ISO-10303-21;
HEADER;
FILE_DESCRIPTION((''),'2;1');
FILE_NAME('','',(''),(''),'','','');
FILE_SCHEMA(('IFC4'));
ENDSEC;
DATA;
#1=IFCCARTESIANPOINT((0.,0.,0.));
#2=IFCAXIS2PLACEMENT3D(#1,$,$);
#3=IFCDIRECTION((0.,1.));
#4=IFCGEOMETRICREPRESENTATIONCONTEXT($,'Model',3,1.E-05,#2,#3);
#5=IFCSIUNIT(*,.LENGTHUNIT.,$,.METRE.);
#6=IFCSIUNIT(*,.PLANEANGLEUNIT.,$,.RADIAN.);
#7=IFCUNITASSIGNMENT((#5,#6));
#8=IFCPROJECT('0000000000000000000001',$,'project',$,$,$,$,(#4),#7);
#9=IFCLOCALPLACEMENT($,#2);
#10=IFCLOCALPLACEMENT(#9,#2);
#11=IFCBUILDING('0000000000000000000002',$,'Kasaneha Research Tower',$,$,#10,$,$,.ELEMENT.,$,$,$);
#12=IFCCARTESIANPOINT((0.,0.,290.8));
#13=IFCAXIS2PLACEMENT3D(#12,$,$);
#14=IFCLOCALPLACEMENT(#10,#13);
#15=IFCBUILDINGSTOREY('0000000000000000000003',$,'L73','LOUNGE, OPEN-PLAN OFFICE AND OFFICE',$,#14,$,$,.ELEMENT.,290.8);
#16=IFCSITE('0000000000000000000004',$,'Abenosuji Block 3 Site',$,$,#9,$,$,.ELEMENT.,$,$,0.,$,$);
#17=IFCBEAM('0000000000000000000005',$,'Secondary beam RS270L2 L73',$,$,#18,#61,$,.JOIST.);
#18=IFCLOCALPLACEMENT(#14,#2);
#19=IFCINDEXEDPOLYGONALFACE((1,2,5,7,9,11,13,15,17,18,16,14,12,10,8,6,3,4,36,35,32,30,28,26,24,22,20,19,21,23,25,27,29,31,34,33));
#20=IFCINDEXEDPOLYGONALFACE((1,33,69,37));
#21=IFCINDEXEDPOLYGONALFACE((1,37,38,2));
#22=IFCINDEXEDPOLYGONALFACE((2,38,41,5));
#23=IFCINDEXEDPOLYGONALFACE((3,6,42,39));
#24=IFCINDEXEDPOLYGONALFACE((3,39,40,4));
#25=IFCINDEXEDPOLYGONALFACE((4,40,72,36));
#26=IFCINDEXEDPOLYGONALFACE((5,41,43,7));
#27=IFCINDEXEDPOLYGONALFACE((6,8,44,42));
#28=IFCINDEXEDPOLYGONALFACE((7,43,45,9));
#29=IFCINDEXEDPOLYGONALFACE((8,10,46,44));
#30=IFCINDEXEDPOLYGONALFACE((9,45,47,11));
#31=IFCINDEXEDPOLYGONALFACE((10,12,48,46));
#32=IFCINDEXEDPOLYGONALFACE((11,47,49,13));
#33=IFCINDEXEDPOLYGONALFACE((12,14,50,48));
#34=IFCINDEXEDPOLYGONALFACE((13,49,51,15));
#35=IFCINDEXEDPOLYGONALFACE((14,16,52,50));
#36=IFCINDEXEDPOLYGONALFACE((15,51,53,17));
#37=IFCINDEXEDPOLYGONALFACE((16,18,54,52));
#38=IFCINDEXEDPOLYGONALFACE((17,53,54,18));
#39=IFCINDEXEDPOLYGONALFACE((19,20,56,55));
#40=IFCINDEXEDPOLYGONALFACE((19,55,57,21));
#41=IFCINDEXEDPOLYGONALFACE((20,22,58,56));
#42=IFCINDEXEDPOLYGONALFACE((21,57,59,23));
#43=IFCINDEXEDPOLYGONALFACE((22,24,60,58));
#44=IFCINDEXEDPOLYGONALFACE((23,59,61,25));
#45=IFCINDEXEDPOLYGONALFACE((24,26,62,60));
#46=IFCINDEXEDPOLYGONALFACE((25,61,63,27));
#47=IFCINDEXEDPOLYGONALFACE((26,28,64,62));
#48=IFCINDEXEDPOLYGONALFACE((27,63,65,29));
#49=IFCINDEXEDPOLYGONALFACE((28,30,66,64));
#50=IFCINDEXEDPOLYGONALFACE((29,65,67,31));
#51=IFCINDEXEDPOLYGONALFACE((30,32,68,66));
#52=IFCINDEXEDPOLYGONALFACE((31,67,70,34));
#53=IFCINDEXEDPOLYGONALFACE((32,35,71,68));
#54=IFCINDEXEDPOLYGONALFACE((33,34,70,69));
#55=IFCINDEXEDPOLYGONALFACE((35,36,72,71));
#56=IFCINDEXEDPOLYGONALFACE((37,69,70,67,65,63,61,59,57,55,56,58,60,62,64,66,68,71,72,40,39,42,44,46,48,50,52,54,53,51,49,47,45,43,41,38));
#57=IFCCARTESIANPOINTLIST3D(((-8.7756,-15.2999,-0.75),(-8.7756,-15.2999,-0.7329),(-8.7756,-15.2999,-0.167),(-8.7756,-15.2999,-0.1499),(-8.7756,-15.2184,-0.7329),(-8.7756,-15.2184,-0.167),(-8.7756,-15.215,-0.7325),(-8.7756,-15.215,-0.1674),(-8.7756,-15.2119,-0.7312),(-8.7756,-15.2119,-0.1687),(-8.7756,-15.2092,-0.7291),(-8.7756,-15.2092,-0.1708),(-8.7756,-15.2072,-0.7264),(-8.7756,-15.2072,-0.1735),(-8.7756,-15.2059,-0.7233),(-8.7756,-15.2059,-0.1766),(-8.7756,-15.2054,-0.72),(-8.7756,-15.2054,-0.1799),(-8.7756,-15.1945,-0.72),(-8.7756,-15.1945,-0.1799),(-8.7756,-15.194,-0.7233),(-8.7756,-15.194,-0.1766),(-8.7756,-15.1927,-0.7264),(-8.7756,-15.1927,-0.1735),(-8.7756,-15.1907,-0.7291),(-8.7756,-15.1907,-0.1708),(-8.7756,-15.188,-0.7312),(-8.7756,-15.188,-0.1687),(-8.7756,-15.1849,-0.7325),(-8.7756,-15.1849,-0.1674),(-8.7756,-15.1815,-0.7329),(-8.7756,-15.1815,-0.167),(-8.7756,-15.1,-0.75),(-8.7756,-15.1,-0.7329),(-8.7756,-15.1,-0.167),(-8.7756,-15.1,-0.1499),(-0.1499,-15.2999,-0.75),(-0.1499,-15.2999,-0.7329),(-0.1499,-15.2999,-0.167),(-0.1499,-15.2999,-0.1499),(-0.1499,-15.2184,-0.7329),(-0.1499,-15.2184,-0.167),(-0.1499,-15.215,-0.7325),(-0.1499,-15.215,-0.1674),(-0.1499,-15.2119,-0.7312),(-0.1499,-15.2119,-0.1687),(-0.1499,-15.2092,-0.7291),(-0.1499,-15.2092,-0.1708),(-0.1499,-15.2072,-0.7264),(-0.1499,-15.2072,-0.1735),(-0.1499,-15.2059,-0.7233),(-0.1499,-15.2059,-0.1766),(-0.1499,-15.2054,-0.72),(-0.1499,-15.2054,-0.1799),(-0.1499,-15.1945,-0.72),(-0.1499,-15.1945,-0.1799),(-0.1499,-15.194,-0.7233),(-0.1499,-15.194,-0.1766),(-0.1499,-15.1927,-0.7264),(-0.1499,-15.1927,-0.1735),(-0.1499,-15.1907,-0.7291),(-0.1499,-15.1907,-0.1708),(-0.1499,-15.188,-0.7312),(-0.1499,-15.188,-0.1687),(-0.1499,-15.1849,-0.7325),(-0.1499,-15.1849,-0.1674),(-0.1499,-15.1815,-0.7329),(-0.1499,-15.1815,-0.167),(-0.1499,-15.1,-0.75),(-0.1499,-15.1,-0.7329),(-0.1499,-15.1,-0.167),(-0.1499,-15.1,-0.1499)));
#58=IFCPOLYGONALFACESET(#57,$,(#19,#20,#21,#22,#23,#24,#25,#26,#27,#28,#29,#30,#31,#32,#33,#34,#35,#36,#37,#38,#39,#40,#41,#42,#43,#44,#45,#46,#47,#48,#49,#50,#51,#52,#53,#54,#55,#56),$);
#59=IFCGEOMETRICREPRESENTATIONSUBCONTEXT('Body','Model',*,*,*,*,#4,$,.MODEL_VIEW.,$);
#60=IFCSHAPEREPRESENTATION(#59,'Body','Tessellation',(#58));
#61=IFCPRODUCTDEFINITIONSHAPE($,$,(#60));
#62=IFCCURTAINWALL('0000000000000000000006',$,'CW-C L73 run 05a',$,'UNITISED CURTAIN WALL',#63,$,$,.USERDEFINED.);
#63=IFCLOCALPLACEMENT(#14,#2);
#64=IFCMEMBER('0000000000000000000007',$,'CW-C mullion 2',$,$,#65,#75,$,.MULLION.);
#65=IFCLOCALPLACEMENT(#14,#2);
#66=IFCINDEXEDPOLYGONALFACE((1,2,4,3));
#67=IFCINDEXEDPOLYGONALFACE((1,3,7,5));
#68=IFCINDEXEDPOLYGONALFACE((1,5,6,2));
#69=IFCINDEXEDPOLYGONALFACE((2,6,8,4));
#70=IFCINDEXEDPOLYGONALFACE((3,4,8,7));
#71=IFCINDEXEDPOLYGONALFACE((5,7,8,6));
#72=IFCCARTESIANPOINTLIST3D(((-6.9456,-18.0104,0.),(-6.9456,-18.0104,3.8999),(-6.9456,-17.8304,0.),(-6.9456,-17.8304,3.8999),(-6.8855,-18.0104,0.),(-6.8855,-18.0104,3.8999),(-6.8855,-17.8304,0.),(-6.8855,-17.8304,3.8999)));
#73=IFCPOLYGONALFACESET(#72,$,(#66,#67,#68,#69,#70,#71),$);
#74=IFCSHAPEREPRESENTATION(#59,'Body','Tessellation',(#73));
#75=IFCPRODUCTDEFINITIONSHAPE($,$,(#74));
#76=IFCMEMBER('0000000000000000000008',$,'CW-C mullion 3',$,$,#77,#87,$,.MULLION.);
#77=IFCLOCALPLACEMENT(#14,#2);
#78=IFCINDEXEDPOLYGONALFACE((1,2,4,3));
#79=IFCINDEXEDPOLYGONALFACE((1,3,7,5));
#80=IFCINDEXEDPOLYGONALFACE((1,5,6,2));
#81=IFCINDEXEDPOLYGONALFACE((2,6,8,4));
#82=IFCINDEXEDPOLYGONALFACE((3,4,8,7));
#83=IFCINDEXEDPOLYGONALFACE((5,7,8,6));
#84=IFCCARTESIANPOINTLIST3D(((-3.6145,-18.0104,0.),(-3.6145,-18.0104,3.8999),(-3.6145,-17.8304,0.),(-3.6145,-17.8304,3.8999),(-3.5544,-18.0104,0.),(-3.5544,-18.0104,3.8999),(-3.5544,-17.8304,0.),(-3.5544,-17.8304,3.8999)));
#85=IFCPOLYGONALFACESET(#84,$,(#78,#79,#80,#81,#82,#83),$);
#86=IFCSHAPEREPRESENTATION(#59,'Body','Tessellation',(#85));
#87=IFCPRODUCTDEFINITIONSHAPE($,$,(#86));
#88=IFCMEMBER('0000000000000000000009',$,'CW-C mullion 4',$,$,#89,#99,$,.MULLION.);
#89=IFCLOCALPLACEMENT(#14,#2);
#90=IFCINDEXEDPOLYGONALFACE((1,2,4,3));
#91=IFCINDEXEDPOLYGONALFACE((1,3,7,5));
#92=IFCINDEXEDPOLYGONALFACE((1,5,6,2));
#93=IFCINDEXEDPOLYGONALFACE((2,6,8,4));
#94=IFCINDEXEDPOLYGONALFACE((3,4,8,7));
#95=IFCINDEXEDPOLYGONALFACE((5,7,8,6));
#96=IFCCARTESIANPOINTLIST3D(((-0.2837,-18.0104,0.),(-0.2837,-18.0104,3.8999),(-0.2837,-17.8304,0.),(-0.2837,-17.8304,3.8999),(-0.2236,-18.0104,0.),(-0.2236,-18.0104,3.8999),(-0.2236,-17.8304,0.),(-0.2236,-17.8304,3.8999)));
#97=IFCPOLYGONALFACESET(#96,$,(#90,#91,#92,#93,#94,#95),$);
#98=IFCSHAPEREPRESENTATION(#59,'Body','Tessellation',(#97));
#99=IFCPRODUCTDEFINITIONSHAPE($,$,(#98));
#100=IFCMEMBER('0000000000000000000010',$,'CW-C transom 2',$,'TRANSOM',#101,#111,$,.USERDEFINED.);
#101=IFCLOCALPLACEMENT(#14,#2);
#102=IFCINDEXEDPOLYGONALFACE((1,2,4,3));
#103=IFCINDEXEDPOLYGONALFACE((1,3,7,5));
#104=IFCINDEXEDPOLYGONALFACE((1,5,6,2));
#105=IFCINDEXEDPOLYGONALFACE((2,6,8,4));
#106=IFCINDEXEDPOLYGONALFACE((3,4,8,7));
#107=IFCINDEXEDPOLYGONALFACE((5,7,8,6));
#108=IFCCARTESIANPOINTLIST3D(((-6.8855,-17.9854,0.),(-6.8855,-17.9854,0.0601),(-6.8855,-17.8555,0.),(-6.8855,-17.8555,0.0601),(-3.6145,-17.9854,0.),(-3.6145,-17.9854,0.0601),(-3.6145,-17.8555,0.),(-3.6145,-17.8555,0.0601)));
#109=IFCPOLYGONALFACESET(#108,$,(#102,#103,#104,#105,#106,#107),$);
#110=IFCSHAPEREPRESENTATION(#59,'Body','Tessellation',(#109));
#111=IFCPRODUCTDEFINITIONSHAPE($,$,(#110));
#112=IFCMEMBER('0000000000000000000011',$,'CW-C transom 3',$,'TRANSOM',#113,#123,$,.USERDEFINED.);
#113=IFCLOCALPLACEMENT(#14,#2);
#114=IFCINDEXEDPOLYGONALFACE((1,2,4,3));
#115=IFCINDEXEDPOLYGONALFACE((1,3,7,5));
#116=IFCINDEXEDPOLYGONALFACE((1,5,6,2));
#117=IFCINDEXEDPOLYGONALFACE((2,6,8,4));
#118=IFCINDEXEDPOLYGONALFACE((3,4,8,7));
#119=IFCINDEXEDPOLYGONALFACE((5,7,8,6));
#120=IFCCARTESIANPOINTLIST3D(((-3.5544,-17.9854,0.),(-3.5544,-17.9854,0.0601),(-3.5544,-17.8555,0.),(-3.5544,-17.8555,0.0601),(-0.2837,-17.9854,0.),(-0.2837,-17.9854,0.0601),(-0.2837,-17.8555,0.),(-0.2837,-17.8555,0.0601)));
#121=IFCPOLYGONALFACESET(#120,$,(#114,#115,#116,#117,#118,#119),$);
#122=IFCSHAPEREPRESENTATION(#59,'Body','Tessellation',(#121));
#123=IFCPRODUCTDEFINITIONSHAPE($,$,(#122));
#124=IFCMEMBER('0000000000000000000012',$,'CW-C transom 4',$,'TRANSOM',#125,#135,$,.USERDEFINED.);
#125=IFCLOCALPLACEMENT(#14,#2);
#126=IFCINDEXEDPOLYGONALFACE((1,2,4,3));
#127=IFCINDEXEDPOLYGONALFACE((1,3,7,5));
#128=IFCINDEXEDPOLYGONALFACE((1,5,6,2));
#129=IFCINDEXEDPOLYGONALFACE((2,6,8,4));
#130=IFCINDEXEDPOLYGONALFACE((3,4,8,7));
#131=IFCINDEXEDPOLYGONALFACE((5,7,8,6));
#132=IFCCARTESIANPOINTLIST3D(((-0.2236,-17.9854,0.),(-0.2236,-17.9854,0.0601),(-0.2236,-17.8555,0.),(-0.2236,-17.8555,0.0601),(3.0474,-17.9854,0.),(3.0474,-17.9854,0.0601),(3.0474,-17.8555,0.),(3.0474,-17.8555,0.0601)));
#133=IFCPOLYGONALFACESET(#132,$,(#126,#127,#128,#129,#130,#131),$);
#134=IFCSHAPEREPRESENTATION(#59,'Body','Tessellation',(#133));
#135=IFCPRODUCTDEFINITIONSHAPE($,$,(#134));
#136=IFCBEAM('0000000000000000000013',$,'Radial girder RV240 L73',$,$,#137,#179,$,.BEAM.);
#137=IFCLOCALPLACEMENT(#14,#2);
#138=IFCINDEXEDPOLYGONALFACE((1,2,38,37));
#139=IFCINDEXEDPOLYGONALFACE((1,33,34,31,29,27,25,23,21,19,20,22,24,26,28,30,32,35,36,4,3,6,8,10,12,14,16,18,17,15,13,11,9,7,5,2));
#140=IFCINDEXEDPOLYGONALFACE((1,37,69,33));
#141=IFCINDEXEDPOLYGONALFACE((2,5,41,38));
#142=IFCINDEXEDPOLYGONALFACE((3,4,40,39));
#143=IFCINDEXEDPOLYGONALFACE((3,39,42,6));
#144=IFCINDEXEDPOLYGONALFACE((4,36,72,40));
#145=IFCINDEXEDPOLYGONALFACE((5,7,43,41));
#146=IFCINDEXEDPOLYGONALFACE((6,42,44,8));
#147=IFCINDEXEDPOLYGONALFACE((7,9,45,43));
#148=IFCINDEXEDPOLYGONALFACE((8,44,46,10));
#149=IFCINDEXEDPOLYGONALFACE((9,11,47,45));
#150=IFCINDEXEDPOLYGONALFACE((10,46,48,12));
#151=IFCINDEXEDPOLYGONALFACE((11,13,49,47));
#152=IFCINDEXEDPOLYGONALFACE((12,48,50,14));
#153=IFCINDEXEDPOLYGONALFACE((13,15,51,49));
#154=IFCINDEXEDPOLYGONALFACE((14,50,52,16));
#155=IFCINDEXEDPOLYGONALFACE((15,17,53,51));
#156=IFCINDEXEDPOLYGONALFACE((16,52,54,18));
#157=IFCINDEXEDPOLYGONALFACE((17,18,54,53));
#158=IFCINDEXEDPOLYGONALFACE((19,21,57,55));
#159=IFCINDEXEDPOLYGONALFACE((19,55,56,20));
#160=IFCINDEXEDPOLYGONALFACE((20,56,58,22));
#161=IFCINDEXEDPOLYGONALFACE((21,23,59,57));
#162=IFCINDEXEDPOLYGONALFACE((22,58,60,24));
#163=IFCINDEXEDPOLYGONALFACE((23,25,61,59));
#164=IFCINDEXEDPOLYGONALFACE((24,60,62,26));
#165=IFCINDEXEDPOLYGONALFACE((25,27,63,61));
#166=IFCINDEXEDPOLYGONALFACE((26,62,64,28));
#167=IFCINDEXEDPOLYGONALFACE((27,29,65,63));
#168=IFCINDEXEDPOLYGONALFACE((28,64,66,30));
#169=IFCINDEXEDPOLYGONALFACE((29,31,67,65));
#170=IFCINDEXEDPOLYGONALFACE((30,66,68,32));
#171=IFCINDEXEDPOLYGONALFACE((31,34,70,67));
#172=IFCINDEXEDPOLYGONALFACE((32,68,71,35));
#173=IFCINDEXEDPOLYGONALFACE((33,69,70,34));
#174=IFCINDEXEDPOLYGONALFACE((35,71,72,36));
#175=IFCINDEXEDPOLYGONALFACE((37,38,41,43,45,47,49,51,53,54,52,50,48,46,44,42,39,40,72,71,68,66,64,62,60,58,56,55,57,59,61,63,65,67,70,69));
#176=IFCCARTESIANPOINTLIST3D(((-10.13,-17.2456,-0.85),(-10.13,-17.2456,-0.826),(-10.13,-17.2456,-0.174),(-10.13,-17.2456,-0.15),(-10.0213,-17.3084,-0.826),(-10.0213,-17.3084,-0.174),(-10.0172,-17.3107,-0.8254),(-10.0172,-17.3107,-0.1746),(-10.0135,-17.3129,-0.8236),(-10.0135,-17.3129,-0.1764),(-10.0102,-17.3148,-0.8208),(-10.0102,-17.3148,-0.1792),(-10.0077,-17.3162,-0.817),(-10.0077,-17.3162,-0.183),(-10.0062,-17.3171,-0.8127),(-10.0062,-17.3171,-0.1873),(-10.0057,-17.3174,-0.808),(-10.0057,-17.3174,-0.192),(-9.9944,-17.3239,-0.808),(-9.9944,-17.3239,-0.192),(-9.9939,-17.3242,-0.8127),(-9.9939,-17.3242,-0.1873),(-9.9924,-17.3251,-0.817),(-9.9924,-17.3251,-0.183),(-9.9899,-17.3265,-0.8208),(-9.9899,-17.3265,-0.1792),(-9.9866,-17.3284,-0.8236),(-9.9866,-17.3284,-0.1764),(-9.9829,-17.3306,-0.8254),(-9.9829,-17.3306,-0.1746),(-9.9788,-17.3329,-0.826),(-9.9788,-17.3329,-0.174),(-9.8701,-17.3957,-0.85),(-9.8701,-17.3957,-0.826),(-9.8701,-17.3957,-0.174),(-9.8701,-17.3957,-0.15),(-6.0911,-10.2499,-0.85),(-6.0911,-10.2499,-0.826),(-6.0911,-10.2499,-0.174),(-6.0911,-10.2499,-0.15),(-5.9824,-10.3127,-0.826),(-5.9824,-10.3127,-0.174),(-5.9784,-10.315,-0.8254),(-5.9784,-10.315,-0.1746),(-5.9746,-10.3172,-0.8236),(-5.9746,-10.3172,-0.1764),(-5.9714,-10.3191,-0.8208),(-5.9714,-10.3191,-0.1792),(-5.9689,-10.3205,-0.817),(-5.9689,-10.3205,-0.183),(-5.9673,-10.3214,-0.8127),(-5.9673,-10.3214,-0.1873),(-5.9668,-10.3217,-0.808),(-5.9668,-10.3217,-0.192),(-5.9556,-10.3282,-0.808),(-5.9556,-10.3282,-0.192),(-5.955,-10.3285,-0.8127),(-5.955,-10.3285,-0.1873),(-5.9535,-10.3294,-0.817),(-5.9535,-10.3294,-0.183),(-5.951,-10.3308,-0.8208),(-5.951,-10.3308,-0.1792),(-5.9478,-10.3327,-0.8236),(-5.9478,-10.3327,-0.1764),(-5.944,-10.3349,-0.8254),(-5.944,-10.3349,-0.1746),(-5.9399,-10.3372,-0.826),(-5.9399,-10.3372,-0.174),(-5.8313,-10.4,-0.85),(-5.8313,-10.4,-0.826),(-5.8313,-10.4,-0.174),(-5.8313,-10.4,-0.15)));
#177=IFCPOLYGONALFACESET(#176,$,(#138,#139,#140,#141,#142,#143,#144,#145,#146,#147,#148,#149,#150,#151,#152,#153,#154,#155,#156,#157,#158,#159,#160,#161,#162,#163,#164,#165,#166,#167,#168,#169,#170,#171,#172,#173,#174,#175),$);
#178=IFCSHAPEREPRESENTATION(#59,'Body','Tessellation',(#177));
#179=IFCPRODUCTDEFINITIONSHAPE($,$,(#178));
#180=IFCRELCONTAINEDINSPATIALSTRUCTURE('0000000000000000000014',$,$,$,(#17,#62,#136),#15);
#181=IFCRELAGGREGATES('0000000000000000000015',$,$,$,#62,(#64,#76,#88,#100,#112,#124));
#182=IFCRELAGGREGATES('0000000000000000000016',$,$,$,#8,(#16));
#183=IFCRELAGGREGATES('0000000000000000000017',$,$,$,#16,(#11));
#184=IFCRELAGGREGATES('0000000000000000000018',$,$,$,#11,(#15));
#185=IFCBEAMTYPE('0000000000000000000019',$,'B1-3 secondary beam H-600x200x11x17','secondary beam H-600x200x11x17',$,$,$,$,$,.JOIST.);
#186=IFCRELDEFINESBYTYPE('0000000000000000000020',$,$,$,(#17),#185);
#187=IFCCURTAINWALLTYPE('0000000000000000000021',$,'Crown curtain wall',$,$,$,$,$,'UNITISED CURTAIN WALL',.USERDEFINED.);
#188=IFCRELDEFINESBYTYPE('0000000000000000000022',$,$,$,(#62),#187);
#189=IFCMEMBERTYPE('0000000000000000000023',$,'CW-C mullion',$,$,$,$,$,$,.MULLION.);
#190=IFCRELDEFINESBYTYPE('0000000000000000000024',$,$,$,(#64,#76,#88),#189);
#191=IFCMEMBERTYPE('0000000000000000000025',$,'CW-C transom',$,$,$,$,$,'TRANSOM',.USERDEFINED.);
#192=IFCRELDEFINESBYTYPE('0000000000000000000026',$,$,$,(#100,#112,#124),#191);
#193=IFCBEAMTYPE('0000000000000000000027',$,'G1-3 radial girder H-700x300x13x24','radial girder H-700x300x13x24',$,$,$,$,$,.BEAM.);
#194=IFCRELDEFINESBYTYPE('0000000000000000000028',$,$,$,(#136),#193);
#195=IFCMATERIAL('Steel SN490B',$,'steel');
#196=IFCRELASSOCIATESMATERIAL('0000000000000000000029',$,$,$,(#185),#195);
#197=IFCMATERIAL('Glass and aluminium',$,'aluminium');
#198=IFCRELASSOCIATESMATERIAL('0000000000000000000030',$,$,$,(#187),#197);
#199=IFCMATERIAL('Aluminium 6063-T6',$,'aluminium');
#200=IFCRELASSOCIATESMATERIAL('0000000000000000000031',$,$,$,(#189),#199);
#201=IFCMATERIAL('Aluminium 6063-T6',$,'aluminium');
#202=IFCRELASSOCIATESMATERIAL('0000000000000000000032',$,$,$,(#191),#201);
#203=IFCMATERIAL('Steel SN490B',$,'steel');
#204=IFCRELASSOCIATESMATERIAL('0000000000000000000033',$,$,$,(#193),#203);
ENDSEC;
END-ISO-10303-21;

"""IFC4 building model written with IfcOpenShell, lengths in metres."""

from ifc_helpers import new_model, si_unit, direction, frame, origin, origin_2d, place, context, subcontext, project, spatial, rectangle, i_section, extrude, material, material_profile, profile_set, type_object, element, aggregate, save


model = new_model("IFC4")

# Units and contexts
model_context = context("Model", 3, precision=1e-05, world=origin(), true_north=direction((0.0, 1.0)))
body_context = subcontext(model_context, "Body", "Model", "MODEL_VIEW")
ifc_project = project(units=[si_unit("LENGTHUNIT", "METRE"), si_unit("PLANEANGLEUNIT", "RADIAN")], contexts=[model_context])

# Site, building, storey
site_placement = place(None, origin())
site = spatial("IfcSite", under=ifc_project, at=site_placement, Name="Abenosuji Block 3 Site", CompositionType="ELEMENT", RefElevation=0.0)
building_placement = place(site_placement, origin())
building = spatial("IfcBuilding", under=site, at=building_placement, Name="Kasaneha Research Tower", CompositionType="ELEMENT")
storey_placement = place(building_placement, frame((0.0, 0.0, 290.8)))
storey = spatial("IfcBuildingStorey", under=building, at=storey_placement, Name="L73", Description="LOUNGE, OPEN-PLAN OFFICE AND OFFICE", CompositionType="ELEMENT", Elevation=290.8)

# Beam
ifc_material_1 = material(Name="Steel SN490B", Category="steel")
ifc_material_profile_1 = material_profile(ifc_material_1, i_section(OverallWidth=0.2, OverallDepth=0.6001, WebThickness=0.011, FlangeThickness=0.0171, FilletRadius=0.0129, at=origin_2d()), Name="H-600x200x11x17")
ifc_profile_set_1 = profile_set([ifc_material_profile_1], Name="Steel SN490B")
beam_type_1 = type_object("IfcBeamType", Name="B1-3 secondary beam H-600x200x11x17", Description="secondary beam H-600x200x11x17", PredefinedType="JOIST", material=ifc_profile_set_1)
beam_1_placement = place(storey_placement, frame((-8.7756, -15.2, -0.45), z_axis=(1.0, 0.0, 0.0), x_axis=(0.0, 1.0, 0.0)))
element("IfcBeam", 1, at=beam_1_placement, inside=storey, type_object=beam_type_1, Name="Secondary beam RS270L2 L73", PredefinedType="JOIST", context=body_context, shape_type="SweptSolid", body=[
    extrude(i_section(OverallWidth=0.2, OverallDepth=0.6001, WebThickness=0.011, FlangeThickness=0.0171, FilletRadius=0.0129, at=origin_2d()), origin(), (0.0, 0.0, 1.0), 8.6257),
])

# Curtain wall, members
ifc_material_2 = material(Name="Glass and aluminium", Category="aluminium")
curtain_wall_type = type_object("IfcCurtainWallType", Name="Crown curtain wall", ElementType="UNITISED CURTAIN WALL", PredefinedType="USERDEFINED", material=ifc_material_2)
curtain_wall_placement = place(storey_placement, origin())
curtain_wall = element("IfcCurtainWall", 2, at=curtain_wall_placement, inside=storey, type_object=curtain_wall_type, Name="CW-C L73 run 05a", ObjectType="UNITISED CURTAIN WALL", PredefinedType="USERDEFINED")
ifc_material_3 = material(Name="Aluminium 6063-T6", Category="aluminium")
ifc_material_profile_2 = material_profile(ifc_material_3, rectangle(XDim=0.0601, YDim=0.1799, at=origin_2d()), Name="CW-C mullion 60x180")
ifc_profile_set_2 = profile_set([ifc_material_profile_2], Name="Aluminium 6063-T6")
member_type_1 = type_object("IfcMemberType", Name="CW-C mullion", PredefinedType="MULLION", material=ifc_profile_set_2)
member_1_placement = place(storey_placement, frame((-6.9155, -17.9204, 0.0), z_axis=(0.0, 0.0, 1.0), x_axis=(1.0, 0.0, 0.0)))
member_1 = element("IfcMember", 3, at=member_1_placement, type_object=member_type_1, Name="CW-C mullion 2", PredefinedType="MULLION", context=body_context, shape_type="SweptSolid", body=[
    extrude(rectangle(XDim=0.0601, YDim=0.1799, at=origin_2d()), origin(), (0.0, 0.0, 1.0), 3.8999),
])
member_2_placement = place(storey_placement, frame((-3.5845, -17.9204, 0.0), z_axis=(0.0, 0.0, 1.0), x_axis=(1.0, 0.0, 0.0)))
member_2 = element("IfcMember", 4, at=member_2_placement, type_object=member_type_1, Name="CW-C mullion 3", PredefinedType="MULLION", context=body_context, shape_type="SweptSolid", body=[
    extrude(rectangle(XDim=0.0601, YDim=0.1799, at=origin_2d()), origin(), (0.0, 0.0, 1.0), 3.8999),
])
member_3_placement = place(storey_placement, frame((-0.2537, -17.9204, 0.0), z_axis=(0.0, 0.0, 1.0), x_axis=(1.0, 0.0, 0.0)))
member_3 = element("IfcMember", 5, at=member_3_placement, type_object=member_type_1, Name="CW-C mullion 4", PredefinedType="MULLION", context=body_context, shape_type="SweptSolid", body=[
    extrude(rectangle(XDim=0.0601, YDim=0.1799, at=origin_2d()), origin(), (0.0, 0.0, 1.0), 3.8999),
])
ifc_material_4 = material(Name="Aluminium 6063-T6", Category="aluminium")
ifc_material_profile_3 = material_profile(ifc_material_4, rectangle(XDim=0.1299, YDim=0.0601, at=origin_2d()), Name="CW-C transom 130x60")
ifc_profile_set_3 = profile_set([ifc_material_profile_3], Name="Aluminium 6063-T6")
member_type_2 = type_object("IfcMemberType", Name="CW-C transom", ElementType="TRANSOM", PredefinedType="USERDEFINED", material=ifc_profile_set_3)
member_4_placement = place(storey_placement, frame((-6.8855, -17.9204, 0.03), z_axis=(1.0, 0.0, 0.0), x_axis=(0.0, 1.0, 0.0)))
member_4 = element("IfcMember", 6, at=member_4_placement, type_object=member_type_2, Name="CW-C transom 2", ObjectType="TRANSOM", PredefinedType="USERDEFINED", context=body_context, shape_type="SweptSolid", body=[
    extrude(rectangle(XDim=0.1299, YDim=0.0601, at=origin_2d()), origin(), (0.0, 0.0, 1.0), 3.271),
])
member_5_placement = place(storey_placement, frame((-3.5544, -17.9204, 0.03), z_axis=(1.0, 0.0, 0.0), x_axis=(0.0, 1.0, 0.0)))
member_5 = element("IfcMember", 7, at=member_5_placement, type_object=member_type_2, Name="CW-C transom 3", ObjectType="TRANSOM", PredefinedType="USERDEFINED", context=body_context, shape_type="SweptSolid", body=[
    extrude(rectangle(XDim=0.1299, YDim=0.0601, at=origin_2d()), origin(), (0.0, 0.0, 1.0), 3.2708),
])
member_6_placement = place(storey_placement, frame((-0.2236, -17.9204, 0.03), z_axis=(1.0, 0.0, 0.0), x_axis=(0.0, 1.0, 0.0)))
member_6 = element("IfcMember", 8, at=member_6_placement, type_object=member_type_2, Name="CW-C transom 4", ObjectType="TRANSOM", PredefinedType="USERDEFINED", context=body_context, shape_type="SweptSolid", body=[
    extrude(rectangle(XDim=0.1299, YDim=0.0601, at=origin_2d()), origin(), (0.0, 0.0, 1.0), 3.271),
])

# Beam
ifc_material_5 = material(Name="Steel SN490B", Category="steel")
ifc_material_profile_4 = material_profile(ifc_material_5, i_section(OverallWidth=0.3, OverallDepth=0.7, WebThickness=0.0129, FlangeThickness=0.0239, FilletRadius=0.0181, at=origin_2d()), Name="H-700x300x13x24")
ifc_profile_set_4 = profile_set([ifc_material_profile_4], Name="Steel SN490B")
beam_type_2 = type_object("IfcBeamType", Name="G1-3 radial girder H-700x300x13x24", Description="radial girder H-700x300x13x24", PredefinedType="BEAM", material=ifc_profile_set_4)
beam_2_placement = place(storey_placement, frame((-5.9612, -10.325, -0.5), z_axis=(-0.499991, -0.866031, 0.0), x_axis=(0.866031, -0.499991, 0.0)))
element("IfcBeam", 9, at=beam_2_placement, inside=storey, type_object=beam_type_2, Name="Radial girder RV240 L73", PredefinedType="BEAM", context=body_context, shape_type="SweptSolid", body=[
    extrude(i_section(OverallWidth=0.3, OverallDepth=0.7, WebThickness=0.0129, FlangeThickness=0.0239, FilletRadius=0.0181, at=origin_2d()), origin(), (0.0, 0.0, 1.0), 8.0779),
])

aggregate(curtain_wall, [member_1, member_2, member_3, member_4, member_5, member_6])

save(model, "model.ifc")
